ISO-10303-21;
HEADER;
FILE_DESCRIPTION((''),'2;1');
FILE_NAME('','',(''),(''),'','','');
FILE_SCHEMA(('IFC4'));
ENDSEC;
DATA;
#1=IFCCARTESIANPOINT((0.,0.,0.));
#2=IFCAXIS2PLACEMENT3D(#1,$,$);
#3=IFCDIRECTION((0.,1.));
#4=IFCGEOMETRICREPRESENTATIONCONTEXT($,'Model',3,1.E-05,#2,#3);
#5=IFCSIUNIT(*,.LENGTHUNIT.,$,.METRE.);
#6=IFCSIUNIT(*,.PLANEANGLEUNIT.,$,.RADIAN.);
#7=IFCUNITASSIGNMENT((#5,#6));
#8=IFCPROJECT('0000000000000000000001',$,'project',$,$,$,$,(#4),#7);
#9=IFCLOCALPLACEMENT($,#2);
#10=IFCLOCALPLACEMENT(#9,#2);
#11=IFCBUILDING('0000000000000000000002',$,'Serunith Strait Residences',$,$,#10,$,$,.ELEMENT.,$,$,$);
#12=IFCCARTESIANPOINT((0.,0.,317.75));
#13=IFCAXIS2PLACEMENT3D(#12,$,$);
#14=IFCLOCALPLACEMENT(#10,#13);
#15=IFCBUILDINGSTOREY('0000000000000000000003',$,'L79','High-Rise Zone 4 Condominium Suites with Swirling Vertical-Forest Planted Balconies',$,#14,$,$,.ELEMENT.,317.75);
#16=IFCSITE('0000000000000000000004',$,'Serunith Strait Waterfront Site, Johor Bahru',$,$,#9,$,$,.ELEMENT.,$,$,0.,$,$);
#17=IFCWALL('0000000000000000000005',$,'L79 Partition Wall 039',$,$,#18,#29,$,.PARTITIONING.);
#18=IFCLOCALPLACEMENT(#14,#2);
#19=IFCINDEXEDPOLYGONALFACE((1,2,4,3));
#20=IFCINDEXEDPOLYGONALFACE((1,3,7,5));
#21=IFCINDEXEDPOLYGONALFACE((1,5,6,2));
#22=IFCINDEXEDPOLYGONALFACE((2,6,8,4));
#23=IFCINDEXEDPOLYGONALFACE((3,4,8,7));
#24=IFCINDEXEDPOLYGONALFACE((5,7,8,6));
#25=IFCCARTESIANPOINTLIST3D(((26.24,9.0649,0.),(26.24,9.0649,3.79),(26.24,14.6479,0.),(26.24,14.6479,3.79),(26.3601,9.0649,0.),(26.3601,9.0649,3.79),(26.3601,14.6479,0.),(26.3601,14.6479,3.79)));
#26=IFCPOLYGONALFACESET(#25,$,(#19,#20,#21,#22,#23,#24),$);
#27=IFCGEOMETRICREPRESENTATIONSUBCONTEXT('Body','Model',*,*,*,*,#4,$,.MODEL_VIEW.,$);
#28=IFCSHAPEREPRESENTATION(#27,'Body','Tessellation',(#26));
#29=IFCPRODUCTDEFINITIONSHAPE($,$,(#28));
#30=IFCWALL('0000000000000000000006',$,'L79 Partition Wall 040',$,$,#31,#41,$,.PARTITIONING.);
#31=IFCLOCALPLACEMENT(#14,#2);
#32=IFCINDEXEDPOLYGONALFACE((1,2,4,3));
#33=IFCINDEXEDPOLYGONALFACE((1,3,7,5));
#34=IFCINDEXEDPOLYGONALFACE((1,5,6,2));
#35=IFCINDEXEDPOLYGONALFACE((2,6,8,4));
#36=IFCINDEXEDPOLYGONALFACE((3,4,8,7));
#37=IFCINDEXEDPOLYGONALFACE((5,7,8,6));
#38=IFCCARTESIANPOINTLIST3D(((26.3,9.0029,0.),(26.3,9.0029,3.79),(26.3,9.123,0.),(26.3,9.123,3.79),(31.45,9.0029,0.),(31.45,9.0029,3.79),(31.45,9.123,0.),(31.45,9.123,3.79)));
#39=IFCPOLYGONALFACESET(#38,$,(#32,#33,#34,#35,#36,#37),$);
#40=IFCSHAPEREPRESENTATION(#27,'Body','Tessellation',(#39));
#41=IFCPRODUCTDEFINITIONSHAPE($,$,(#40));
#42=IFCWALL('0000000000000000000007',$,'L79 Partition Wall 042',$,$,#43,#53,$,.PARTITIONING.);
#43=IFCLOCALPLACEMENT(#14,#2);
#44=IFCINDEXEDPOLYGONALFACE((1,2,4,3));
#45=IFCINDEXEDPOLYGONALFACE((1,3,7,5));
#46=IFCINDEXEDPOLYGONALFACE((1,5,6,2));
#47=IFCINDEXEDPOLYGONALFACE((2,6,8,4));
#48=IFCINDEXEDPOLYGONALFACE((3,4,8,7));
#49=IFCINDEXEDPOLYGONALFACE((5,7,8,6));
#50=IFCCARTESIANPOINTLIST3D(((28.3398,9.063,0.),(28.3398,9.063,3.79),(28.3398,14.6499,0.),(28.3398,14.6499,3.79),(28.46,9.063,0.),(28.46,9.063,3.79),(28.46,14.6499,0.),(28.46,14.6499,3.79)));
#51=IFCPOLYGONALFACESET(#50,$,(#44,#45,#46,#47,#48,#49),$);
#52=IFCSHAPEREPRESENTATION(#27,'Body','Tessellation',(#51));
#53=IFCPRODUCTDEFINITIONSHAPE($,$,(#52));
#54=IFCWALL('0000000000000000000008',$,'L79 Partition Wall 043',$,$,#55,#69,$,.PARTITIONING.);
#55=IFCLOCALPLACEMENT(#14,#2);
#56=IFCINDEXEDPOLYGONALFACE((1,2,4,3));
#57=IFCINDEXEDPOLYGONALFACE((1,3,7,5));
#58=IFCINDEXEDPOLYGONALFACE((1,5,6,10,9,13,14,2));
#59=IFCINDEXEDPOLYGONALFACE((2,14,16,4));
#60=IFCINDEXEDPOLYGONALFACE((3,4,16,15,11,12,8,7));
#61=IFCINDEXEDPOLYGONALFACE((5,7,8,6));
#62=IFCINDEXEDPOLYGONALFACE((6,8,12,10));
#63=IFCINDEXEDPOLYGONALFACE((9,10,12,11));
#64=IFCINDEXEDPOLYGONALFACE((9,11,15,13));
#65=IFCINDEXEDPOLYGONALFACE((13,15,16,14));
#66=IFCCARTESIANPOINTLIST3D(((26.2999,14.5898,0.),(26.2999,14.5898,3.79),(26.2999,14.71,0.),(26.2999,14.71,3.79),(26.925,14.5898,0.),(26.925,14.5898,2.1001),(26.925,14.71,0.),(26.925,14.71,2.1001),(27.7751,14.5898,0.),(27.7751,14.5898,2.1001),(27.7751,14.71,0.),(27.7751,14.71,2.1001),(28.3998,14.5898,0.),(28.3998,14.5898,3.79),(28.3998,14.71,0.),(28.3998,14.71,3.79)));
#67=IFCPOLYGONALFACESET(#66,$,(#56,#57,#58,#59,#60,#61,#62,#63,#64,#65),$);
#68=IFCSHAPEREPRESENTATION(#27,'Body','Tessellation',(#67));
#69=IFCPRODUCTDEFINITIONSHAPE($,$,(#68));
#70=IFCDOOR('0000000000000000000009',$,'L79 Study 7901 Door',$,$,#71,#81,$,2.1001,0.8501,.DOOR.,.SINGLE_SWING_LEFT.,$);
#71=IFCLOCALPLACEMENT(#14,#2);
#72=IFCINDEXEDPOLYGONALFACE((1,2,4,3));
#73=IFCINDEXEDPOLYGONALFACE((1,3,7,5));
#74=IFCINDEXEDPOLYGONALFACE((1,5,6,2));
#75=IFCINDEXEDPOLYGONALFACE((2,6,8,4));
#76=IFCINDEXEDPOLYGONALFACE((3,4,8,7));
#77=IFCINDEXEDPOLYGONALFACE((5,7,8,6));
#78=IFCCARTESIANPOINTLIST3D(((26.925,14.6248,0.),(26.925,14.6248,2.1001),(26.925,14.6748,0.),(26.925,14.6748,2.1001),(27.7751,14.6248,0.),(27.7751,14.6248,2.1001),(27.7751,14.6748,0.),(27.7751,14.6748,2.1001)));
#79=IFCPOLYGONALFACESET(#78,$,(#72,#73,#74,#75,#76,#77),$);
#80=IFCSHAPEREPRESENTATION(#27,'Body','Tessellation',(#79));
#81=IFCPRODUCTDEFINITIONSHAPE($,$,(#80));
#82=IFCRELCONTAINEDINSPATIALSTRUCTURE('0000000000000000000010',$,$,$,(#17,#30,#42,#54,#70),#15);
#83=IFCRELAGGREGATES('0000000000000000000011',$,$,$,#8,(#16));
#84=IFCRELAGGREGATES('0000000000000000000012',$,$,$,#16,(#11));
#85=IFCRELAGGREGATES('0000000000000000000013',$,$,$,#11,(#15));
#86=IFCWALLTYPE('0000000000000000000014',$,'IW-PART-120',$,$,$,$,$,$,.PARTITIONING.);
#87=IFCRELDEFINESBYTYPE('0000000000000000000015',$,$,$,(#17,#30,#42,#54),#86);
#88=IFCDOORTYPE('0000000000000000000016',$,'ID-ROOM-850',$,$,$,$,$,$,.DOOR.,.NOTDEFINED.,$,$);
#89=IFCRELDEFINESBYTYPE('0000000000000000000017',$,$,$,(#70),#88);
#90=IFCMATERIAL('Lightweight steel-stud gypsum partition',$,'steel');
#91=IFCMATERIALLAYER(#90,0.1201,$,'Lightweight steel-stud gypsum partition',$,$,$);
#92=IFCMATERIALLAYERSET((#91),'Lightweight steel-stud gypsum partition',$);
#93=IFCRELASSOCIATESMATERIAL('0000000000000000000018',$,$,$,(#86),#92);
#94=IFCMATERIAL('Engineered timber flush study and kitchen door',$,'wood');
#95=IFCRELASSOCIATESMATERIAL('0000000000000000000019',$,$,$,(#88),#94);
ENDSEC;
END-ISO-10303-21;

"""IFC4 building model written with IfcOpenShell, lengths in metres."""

from ifc_helpers import new_model, si_unit, direction, frame, frame_2d, origin, place, context, subcontext, project, spatial, rectangle, extrude, source, transform, mapped, material, layer, layer_set, type_object, element, fill, save


model = new_model("IFC4")

# Units and contexts
model_context = context("Model", 3, precision=1e-05, world=origin(), true_north=direction((0.0, 1.0)))
body_context = subcontext(model_context, "Body", "Model", "MODEL_VIEW")
ifc_project = project(units=[si_unit("LENGTHUNIT", "METRE"), si_unit("PLANEANGLEUNIT", "RADIAN")], contexts=[model_context])

# Site, building, storey
site_placement = place(None, origin())
site = spatial("IfcSite", under=ifc_project, at=site_placement, Name="Serunith Strait Waterfront Site, Johor Bahru", CompositionType="ELEMENT", RefElevation=0.0)
building_placement = place(site_placement, origin())
building = spatial("IfcBuilding", under=site, at=building_placement, Name="Serunith Strait Residences", CompositionType="ELEMENT")
storey_placement = place(building_placement, frame((0.0, 0.0, 317.75)))
storey = spatial("IfcBuildingStorey", under=building, at=storey_placement, Name="L79", Description="High-Rise Zone 4 Condominium Suites with Swirling Vertical-Forest Planted Balconies", CompositionType="ELEMENT", Elevation=317.75)

# Shared definitions
ifc_material_1 = material(Name="Lightweight steel-stud gypsum partition", Category="steel")
ifc_layer_1 = layer(ifc_material_1, 0.1201, Name="Lightweight steel-stud gypsum partition")
ifc_layer_set_1 = layer_set([ifc_layer_1], Name="Lightweight steel-stud gypsum partition")
wall_type = type_object("IfcWallType", Name="IW-PART-120", PredefinedType="PARTITIONING", material=ifc_layer_set_1)
ifc_material_2 = material(Name="Engineered timber flush study and kitchen door", Category="wood")
door_type_1 = type_object("IfcDoorType", Name="ID-ROOM-850", OperationType="NOTDEFINED", PredefinedType="DOOR", material=ifc_material_2)
shared_shape_1 = source(origin(), body_context, "Body", "SweptSolid", [
    extrude(rectangle(XDim=0.8501, YDim=2.1001, at=frame_2d((0.425, 1.05))), frame((0.0, 0.0249, 0.0), z_axis=(0.0, -1.0, 0.0), x_axis=(1.0, 0.0, 0.0)), (0.0, 0.0, 1.0), 0.05),
])

# Walls
wall_1_placement = place(storey_placement, frame((26.3, 9.0649, 0.0), z_axis=(0.0, 0.0, 1.0), x_axis=(0.0, 1.0, 0.0)))
element("IfcWall", 1, at=wall_1_placement, inside=storey, type_object=wall_type, Name="L79 Partition Wall 039", PredefinedType="PARTITIONING", context=body_context, shape_type="SweptSolid", body=[
    extrude(rectangle(XDim=5.583, YDim=0.1201, at=frame_2d((2.7915, 0.0))), origin(), (0.0, 0.0, 1.0), 3.79),
])
wall_2_placement = place(storey_placement, frame((26.3, 9.063, 0.0), z_axis=(0.0, 0.0, 1.0), x_axis=(1.0, 0.0, 0.0)))
element("IfcWall", 2, at=wall_2_placement, inside=storey, type_object=wall_type, Name="L79 Partition Wall 040", PredefinedType="PARTITIONING", context=body_context, shape_type="SweptSolid", body=[
    extrude(rectangle(XDim=5.1499, YDim=0.1201, at=frame_2d((2.575, 0.0))), origin(), (0.0, 0.0, 1.0), 3.79),
])
wall_3_placement = place(storey_placement, frame((28.3999, 9.063, 0.0), z_axis=(0.0, 0.0, 1.0), x_axis=(0.0, 1.0, 0.0)))
element("IfcWall", 3, at=wall_3_placement, inside=storey, type_object=wall_type, Name="L79 Partition Wall 042", PredefinedType="PARTITIONING", context=body_context, shape_type="SweptSolid", body=[
    extrude(rectangle(XDim=5.5869, YDim=0.1201, at=frame_2d((2.7935, 0.0))), origin(), (0.0, 0.0, 1.0), 3.79),
])

# Wall, opening, door
wall_4_placement = place(storey_placement, frame((26.3, 14.6499, 0.0), z_axis=(0.0, 0.0, 1.0), x_axis=(1.0, 0.0, 0.0)))
wall_4 = element("IfcWall", 4, at=wall_4_placement, inside=storey, type_object=wall_type, Name="L79 Partition Wall 043", PredefinedType="PARTITIONING", context=body_context, shape_type="SweptSolid", body=[
    extrude(rectangle(XDim=2.0999, YDim=0.1201, at=frame_2d((1.0498, 0.0))), origin(), (0.0, 0.0, 1.0), 3.79),
])
opening_1_placement = place(wall_4_placement, frame((0.625, 0.0, 0.0)))
opening_1 = element("IfcOpeningElement", 5, at=opening_1_placement, cuts=wall_4, PredefinedType="OPENING", context=body_context, shape_type="SweptSolid", body=[
    extrude(rectangle(XDim=0.8501, YDim=2.1001, at=frame_2d((0.425, 1.05))), frame((0.0, 0.0701, 0.0), z_axis=(0.0, -1.0, 0.0), x_axis=(1.0, 0.0, 0.0)), (0.0, 0.0, 1.0), 0.1401),
])
door_1_placement = place(opening_1_placement, origin())
door_1 = element("IfcDoor", 6, at=door_1_placement, inside=storey, type_object=door_type_1, Name="L79 Study 7901 Door", OperationType="SINGLE_SWING_LEFT", OverallHeight=2.1001, OverallWidth=0.8501, PredefinedType="DOOR", context=body_context, shape_type="MappedRepresentation", body=[
    mapped(shared_shape_1, transform((0.0, 0.0, 0.0), scale=1.0)),
])
fill(opening_1, door_1)

save(model, "model.ifc")
